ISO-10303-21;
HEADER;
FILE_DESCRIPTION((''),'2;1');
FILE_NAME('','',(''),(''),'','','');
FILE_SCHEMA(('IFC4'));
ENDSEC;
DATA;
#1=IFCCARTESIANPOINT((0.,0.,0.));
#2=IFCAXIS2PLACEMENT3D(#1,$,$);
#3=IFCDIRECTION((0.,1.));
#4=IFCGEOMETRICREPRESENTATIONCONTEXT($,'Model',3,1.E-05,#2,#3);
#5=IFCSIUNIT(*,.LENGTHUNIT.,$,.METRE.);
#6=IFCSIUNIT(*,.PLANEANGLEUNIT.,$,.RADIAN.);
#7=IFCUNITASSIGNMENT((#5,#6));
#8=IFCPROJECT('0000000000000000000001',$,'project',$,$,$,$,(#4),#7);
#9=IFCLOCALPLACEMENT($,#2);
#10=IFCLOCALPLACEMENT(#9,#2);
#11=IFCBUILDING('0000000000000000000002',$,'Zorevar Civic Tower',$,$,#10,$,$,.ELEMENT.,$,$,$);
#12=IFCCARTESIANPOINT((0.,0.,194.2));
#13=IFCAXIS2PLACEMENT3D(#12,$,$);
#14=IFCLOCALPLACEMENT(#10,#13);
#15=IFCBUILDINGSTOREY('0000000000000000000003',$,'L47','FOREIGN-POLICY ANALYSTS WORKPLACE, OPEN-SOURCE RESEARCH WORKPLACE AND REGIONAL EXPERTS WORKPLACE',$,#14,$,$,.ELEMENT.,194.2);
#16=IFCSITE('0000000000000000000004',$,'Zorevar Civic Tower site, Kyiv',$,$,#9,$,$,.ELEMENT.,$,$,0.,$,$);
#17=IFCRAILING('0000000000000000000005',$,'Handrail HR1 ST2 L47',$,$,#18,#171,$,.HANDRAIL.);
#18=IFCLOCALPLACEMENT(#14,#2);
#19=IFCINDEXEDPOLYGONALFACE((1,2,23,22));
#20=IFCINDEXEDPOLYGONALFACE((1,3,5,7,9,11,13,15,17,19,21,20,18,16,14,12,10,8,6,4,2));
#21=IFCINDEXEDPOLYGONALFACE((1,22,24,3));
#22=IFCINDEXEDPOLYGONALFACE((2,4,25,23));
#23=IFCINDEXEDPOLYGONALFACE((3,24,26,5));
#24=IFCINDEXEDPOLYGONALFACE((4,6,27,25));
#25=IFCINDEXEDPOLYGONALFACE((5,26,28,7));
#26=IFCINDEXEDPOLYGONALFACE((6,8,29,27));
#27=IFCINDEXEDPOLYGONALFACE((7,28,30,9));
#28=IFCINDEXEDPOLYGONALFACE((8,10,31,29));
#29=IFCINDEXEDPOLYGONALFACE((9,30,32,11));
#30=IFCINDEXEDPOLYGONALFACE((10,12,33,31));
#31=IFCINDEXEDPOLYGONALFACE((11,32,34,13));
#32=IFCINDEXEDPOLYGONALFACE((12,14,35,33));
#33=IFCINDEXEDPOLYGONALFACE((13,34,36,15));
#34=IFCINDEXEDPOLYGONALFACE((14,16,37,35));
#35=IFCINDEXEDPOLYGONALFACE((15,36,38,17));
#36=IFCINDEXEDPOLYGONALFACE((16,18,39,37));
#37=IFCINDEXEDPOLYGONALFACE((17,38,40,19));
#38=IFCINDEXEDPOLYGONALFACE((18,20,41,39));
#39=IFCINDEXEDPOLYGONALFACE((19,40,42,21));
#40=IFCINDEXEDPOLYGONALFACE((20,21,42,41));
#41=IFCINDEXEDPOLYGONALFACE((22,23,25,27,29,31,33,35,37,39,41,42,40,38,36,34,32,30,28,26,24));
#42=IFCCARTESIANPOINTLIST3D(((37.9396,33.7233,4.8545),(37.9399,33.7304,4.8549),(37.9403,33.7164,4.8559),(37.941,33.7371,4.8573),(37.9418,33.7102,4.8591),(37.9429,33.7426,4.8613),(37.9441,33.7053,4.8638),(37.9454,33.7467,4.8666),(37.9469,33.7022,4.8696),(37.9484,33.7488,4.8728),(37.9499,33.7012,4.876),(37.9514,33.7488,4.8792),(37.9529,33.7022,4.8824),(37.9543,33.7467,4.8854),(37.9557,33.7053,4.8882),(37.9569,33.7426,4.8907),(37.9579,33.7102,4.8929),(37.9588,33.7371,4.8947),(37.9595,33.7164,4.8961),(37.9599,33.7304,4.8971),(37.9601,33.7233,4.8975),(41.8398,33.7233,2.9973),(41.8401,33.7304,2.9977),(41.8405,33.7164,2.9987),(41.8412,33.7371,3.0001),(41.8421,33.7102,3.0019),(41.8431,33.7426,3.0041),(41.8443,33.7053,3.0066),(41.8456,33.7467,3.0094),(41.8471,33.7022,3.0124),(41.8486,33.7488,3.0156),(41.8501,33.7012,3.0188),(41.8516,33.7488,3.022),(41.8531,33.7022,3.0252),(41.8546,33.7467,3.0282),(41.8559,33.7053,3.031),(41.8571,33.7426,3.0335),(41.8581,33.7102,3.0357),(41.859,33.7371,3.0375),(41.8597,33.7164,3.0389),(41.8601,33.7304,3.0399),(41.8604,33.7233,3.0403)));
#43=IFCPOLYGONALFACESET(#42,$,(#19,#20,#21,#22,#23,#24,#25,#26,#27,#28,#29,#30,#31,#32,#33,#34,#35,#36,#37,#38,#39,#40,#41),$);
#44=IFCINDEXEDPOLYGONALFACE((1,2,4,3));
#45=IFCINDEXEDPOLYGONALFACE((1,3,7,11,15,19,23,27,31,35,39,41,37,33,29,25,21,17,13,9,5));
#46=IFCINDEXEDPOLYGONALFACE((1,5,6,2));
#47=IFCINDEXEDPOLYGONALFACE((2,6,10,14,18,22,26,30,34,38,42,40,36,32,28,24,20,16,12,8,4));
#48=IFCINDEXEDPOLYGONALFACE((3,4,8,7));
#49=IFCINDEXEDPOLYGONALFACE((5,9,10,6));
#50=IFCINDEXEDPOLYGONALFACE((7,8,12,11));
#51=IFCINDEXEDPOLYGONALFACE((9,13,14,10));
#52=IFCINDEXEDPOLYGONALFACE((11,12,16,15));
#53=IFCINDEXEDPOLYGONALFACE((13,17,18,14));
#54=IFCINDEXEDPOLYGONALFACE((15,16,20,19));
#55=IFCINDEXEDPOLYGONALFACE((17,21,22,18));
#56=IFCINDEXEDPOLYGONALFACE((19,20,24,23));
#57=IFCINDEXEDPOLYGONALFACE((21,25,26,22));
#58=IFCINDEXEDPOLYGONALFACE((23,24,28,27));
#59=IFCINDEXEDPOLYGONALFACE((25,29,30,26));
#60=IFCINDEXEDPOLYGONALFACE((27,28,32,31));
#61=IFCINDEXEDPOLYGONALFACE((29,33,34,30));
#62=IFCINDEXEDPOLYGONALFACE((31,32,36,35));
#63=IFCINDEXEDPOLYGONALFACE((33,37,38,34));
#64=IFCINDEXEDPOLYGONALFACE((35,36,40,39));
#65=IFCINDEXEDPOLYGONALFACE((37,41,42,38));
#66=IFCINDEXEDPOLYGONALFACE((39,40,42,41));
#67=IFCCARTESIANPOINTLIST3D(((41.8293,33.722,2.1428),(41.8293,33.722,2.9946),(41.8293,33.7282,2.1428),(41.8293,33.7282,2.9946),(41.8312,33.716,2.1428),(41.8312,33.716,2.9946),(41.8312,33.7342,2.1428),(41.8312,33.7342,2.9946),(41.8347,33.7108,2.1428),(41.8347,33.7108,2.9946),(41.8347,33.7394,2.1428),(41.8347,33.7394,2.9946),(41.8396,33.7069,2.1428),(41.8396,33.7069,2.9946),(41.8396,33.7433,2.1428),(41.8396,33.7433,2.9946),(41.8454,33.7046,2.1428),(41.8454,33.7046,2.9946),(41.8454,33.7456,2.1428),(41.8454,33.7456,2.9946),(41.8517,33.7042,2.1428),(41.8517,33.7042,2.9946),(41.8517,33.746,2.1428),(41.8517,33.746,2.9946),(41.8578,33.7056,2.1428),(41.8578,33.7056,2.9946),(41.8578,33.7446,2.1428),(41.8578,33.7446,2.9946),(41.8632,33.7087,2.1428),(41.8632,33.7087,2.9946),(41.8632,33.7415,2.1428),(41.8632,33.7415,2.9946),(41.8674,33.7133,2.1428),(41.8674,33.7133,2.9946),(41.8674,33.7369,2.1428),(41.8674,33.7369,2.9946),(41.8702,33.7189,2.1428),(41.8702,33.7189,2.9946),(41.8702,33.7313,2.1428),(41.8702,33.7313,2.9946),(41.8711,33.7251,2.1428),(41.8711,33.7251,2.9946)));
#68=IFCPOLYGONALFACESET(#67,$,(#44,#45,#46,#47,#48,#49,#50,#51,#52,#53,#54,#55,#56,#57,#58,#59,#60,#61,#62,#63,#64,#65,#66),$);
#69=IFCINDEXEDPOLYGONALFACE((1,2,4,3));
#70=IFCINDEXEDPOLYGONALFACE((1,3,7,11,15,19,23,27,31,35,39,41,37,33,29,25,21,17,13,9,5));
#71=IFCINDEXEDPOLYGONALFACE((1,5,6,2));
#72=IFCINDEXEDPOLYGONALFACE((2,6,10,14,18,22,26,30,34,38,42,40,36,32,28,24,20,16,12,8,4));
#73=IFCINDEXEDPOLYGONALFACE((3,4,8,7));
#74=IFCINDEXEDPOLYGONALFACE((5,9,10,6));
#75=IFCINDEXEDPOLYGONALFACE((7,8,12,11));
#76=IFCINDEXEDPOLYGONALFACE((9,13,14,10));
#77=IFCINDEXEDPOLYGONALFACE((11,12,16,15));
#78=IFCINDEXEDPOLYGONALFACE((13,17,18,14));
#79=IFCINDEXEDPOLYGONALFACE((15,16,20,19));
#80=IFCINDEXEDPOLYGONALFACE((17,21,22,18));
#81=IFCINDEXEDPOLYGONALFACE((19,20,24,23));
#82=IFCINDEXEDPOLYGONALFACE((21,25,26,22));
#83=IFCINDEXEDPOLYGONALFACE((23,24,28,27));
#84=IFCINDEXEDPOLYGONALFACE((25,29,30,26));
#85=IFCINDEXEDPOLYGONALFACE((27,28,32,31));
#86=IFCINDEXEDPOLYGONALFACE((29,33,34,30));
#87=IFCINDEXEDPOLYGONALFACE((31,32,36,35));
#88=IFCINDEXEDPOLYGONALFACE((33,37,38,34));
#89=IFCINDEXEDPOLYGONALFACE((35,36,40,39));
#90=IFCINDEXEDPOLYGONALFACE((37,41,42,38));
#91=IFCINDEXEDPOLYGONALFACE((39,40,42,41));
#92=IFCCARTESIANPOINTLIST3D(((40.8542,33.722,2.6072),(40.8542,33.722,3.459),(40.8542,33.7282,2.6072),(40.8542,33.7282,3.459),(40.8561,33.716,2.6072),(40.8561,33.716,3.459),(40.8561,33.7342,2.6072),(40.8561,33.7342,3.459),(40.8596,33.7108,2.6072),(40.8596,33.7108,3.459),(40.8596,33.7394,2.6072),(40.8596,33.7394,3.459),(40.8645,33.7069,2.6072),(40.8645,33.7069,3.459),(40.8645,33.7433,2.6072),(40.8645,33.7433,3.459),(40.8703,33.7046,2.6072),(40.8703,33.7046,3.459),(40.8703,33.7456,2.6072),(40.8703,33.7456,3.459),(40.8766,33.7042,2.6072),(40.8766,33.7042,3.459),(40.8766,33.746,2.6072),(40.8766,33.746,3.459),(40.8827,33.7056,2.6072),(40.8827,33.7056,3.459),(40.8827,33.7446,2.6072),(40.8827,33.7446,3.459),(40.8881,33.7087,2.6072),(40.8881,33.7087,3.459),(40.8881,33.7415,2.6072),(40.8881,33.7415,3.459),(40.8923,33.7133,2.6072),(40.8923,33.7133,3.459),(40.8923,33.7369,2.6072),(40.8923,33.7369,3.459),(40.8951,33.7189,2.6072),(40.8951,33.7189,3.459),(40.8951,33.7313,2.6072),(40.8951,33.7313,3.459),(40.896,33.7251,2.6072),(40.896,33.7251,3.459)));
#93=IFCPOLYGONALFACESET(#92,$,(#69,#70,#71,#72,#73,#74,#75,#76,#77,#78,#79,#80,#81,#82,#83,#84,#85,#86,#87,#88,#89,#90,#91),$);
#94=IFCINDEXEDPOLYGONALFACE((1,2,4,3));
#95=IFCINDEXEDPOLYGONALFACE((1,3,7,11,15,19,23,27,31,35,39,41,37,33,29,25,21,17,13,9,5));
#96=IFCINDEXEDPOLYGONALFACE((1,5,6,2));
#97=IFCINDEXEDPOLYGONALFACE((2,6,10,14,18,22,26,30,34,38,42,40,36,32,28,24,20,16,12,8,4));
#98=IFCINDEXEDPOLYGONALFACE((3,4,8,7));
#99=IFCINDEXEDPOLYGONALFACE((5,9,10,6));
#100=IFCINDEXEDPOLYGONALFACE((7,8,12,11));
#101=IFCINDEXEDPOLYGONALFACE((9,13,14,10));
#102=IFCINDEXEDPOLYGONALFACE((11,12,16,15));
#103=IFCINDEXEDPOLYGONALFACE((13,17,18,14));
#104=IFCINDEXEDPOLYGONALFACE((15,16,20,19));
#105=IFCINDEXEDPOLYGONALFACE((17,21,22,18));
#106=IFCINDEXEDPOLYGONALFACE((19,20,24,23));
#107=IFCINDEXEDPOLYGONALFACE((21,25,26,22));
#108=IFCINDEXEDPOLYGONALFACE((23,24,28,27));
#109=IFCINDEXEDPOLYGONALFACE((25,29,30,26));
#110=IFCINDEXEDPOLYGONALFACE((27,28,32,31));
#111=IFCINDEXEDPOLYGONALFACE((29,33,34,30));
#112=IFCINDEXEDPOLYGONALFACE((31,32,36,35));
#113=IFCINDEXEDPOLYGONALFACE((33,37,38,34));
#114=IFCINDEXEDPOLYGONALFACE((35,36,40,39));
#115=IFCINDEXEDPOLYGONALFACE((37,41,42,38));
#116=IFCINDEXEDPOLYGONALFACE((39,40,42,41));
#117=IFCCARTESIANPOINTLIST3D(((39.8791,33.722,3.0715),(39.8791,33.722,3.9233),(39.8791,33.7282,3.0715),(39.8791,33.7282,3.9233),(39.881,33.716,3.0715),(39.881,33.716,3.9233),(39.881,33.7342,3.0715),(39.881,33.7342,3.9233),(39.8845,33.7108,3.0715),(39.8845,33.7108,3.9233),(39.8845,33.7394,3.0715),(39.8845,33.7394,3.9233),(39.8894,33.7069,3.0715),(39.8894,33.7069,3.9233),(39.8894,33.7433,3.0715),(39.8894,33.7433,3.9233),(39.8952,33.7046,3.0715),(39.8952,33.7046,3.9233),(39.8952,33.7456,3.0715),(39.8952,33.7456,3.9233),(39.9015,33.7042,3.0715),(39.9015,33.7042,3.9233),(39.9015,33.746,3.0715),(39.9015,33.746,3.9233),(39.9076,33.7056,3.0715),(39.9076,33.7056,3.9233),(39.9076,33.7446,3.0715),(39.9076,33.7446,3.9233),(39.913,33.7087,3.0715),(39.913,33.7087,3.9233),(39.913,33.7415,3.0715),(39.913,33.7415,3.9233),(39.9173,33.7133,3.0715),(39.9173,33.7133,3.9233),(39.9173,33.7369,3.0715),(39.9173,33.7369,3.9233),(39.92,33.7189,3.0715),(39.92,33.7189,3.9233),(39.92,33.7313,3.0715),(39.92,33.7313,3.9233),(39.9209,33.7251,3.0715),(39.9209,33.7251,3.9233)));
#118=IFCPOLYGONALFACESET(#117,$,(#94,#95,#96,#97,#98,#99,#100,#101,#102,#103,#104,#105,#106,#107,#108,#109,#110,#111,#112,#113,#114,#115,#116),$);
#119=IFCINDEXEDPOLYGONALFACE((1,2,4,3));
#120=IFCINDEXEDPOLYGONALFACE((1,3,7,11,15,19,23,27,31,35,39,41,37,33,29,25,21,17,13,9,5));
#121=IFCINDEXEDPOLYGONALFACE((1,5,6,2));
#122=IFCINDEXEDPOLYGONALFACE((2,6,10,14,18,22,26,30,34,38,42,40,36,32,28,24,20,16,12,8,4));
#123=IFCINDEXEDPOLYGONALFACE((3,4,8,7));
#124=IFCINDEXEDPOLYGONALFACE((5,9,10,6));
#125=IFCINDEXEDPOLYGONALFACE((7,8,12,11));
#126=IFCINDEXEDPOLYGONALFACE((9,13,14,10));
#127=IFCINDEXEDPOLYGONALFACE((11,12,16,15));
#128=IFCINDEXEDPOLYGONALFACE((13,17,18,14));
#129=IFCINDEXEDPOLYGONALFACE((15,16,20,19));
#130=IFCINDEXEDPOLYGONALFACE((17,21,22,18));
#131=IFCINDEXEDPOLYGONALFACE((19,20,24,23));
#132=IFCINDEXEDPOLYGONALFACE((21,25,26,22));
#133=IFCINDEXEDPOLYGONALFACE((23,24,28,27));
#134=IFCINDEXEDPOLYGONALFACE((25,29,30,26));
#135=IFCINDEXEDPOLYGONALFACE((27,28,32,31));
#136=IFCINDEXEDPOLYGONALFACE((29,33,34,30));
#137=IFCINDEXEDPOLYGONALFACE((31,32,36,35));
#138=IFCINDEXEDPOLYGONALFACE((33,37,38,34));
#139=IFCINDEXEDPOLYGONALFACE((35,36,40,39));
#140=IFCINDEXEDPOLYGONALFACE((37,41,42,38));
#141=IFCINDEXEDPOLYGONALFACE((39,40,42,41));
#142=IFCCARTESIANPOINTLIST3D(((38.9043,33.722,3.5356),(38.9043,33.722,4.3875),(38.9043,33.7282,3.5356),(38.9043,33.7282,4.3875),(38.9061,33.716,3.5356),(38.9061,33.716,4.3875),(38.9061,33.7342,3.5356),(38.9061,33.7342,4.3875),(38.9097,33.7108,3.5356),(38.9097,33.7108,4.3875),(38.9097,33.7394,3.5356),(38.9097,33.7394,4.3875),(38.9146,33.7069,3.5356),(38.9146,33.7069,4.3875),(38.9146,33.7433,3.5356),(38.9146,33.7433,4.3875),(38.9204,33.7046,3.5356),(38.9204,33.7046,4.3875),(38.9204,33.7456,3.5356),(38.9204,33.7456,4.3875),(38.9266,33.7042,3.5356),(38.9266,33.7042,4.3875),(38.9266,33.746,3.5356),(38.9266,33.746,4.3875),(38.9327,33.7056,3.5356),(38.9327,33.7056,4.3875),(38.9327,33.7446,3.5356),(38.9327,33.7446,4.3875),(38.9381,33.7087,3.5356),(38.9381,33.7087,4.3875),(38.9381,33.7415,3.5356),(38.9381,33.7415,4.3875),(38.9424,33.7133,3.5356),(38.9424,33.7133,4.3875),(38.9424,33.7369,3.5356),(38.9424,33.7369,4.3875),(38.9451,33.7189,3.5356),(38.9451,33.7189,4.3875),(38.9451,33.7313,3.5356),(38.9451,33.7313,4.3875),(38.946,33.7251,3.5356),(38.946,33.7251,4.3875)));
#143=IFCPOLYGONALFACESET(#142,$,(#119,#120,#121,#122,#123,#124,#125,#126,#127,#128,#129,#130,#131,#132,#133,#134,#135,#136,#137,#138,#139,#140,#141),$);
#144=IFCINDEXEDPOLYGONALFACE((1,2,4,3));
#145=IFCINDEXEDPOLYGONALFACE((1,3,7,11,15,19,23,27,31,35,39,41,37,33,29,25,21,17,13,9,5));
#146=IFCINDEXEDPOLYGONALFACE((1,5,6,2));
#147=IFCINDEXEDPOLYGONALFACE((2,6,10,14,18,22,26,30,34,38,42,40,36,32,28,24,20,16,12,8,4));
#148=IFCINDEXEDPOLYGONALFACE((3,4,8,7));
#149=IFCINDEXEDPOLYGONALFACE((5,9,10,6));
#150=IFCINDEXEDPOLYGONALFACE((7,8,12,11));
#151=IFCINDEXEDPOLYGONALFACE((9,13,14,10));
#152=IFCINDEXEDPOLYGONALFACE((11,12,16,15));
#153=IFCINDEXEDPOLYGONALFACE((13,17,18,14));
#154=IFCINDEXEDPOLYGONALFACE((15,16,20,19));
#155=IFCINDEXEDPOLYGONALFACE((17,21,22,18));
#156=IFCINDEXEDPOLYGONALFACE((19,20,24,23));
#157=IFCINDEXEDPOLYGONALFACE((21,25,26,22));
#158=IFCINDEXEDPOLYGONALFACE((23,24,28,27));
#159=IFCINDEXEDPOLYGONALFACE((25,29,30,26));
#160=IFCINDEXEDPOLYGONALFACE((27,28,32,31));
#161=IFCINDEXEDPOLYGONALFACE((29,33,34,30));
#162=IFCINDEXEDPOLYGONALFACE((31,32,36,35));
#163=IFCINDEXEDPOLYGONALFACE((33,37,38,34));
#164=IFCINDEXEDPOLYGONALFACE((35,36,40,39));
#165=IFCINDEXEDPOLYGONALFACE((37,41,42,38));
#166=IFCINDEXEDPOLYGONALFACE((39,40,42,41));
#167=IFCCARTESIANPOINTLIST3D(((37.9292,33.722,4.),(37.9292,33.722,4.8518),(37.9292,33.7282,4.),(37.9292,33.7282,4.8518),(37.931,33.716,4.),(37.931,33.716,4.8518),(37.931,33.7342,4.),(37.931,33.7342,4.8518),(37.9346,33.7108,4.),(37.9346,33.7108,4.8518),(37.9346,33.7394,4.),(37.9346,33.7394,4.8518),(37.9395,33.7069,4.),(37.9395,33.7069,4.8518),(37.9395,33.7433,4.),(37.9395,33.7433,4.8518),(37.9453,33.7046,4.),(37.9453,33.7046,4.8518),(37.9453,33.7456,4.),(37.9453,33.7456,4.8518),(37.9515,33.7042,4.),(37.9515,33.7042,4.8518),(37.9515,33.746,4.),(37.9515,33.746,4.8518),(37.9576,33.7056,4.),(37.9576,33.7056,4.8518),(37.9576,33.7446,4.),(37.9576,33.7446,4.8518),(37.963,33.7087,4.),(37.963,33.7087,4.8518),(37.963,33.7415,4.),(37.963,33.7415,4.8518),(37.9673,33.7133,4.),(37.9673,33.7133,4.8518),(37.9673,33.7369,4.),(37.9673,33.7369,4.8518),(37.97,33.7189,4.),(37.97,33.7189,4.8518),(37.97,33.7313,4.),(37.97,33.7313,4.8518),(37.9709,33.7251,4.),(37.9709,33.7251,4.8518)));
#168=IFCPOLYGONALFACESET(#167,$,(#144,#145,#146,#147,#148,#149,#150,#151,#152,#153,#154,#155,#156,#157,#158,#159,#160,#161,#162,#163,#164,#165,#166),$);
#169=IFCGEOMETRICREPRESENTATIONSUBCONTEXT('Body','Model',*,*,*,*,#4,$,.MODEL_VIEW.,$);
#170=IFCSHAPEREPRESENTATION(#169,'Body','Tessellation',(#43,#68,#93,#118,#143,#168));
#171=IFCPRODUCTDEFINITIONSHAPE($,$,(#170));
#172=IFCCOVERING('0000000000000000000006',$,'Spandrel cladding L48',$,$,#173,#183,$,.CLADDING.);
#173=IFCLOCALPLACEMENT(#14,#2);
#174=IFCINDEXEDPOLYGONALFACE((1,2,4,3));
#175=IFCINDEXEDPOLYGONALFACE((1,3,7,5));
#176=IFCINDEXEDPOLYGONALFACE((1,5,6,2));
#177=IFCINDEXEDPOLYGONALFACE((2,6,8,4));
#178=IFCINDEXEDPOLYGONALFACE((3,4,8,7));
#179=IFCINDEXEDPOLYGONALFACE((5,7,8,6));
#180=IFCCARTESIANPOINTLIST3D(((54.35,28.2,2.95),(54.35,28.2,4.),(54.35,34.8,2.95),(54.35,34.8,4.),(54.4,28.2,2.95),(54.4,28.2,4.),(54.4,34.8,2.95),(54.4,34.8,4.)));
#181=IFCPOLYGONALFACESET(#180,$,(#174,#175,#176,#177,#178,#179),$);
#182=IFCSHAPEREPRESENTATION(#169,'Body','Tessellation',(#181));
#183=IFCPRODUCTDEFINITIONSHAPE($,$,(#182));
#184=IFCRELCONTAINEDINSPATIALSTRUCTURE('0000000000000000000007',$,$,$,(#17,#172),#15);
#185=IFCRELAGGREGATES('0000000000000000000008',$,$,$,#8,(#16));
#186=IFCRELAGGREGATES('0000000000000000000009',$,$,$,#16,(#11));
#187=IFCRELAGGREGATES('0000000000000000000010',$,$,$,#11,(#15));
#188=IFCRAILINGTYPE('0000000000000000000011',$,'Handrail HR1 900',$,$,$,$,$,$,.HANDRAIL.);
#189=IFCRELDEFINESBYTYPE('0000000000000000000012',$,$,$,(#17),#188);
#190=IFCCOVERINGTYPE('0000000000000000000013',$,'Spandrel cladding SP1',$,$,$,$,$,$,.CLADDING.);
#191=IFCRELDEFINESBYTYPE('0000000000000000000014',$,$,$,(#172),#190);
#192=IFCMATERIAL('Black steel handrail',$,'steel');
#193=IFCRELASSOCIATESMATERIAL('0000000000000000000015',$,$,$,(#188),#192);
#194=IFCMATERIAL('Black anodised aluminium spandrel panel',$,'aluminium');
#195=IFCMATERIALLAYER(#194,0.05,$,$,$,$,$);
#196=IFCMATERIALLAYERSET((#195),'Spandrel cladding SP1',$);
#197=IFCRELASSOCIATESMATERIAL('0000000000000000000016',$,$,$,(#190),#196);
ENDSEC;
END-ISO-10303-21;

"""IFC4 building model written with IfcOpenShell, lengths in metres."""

from ifc_helpers import new_model, si_unit, direction, frame, frame_2d, origin, origin_2d, place, context, subcontext, project, spatial, rectangle, circle, extrude, material, layer, layer_set, type_object, element, save


model = new_model("IFC4")

# Units and contexts
model_context = context("Model", 3, precision=1e-05, world=origin(), true_north=direction((0.0, 1.0)))
body_context = subcontext(model_context, "Body", "Model", "MODEL_VIEW")
ifc_project = project(units=[si_unit("LENGTHUNIT", "METRE"), si_unit("PLANEANGLEUNIT", "RADIAN")], contexts=[model_context])

# Site, building, storey
site_placement = place(None, origin())
site = spatial("IfcSite", under=ifc_project, at=site_placement, Name="Zorevar Civic Tower site, Kyiv", CompositionType="ELEMENT", RefElevation=0.0)
building_placement = place(site_placement, origin())
building = spatial("IfcBuilding", under=site, at=building_placement, Name="Zorevar Civic Tower", CompositionType="ELEMENT")
storey_placement = place(building_placement, frame((0.0, 0.0, 194.2)))
storey = spatial("IfcBuildingStorey", under=building, at=storey_placement, Name="L47", Description="FOREIGN-POLICY ANALYSTS WORKPLACE, OPEN-SOURCE RESEARCH WORKPLACE AND REGIONAL EXPERTS WORKPLACE", CompositionType="ELEMENT", Elevation=194.2)

# Railing
ifc_material_1 = material(Name="Black steel handrail", Category="steel")
railing_type = type_object("IfcRailingType", Name="Handrail HR1 900", PredefinedType="HANDRAIL", material=ifc_material_1)
railing_placement = place(storey_placement, frame((41.8501, 33.7251, 2.1428)))
element("IfcRailing", 1, at=railing_placement, inside=storey, type_object=railing_type, Name="Handrail HR1 ST2 L47", PredefinedType="HANDRAIL", context=body_context, shape_type="SweptSolid", body=[
    extrude(circle(Radius=0.0239, at=origin_2d()), frame((0.0, 0.0, 0.876), z_axis=(-0.902864, 0.0, 0.429927), x_axis=(0.0, -1.0, 0.0)), (0.0, 0.0, 1.0), 4.3198),
    extrude(circle(Radius=0.021, at=origin_2d()), origin(), (0.0, 0.0, 1.0), 0.8518),
    extrude(circle(Radius=0.021, at=origin_2d()), frame((-0.9751, 0.0, 0.4644)), (0.0, 0.0, 1.0), 0.8518),
    extrude(circle(Radius=0.021, at=origin_2d()), frame((-1.9502, 0.0, 0.9287)), (0.0, 0.0, 1.0), 0.8518),
    extrude(circle(Radius=0.021, at=origin_2d()), frame((-2.925, 0.0, 1.3928)), (0.0, 0.0, 1.0), 0.8518),
    extrude(circle(Radius=0.021, at=origin_2d()), frame((-3.9001, 0.0, 1.8572)), (0.0, 0.0, 1.0), 0.8518),
])

# Covering
ifc_material_2 = material(Name="Black anodised aluminium spandrel panel", Category="aluminium")
ifc_layer_1 = layer(ifc_material_2, 0.05)
ifc_layer_set_1 = layer_set([ifc_layer_1], Name="Spandrel cladding SP1")
covering_type = type_object("IfcCoveringType", Name="Spandrel cladding SP1", PredefinedType="CLADDING", material=ifc_layer_set_1)
covering_placement = place(storey_placement, frame((54.375, 28.2, 2.95), z_axis=(0.0, 0.0, 1.0), x_axis=(0.0, 1.0, 0.0)))
element("IfcCovering", 2, at=covering_placement, inside=storey, type_object=covering_type, Name="Spandrel cladding L48", PredefinedType="CLADDING", context=body_context, shape_type="SweptSolid", body=[
    extrude(rectangle(XDim=6.6001, YDim=0.05, at=frame_2d((3.3, 0.0))), origin(), (0.0, 0.0, 1.0), 1.05),
])

save(model, "model.ifc")
